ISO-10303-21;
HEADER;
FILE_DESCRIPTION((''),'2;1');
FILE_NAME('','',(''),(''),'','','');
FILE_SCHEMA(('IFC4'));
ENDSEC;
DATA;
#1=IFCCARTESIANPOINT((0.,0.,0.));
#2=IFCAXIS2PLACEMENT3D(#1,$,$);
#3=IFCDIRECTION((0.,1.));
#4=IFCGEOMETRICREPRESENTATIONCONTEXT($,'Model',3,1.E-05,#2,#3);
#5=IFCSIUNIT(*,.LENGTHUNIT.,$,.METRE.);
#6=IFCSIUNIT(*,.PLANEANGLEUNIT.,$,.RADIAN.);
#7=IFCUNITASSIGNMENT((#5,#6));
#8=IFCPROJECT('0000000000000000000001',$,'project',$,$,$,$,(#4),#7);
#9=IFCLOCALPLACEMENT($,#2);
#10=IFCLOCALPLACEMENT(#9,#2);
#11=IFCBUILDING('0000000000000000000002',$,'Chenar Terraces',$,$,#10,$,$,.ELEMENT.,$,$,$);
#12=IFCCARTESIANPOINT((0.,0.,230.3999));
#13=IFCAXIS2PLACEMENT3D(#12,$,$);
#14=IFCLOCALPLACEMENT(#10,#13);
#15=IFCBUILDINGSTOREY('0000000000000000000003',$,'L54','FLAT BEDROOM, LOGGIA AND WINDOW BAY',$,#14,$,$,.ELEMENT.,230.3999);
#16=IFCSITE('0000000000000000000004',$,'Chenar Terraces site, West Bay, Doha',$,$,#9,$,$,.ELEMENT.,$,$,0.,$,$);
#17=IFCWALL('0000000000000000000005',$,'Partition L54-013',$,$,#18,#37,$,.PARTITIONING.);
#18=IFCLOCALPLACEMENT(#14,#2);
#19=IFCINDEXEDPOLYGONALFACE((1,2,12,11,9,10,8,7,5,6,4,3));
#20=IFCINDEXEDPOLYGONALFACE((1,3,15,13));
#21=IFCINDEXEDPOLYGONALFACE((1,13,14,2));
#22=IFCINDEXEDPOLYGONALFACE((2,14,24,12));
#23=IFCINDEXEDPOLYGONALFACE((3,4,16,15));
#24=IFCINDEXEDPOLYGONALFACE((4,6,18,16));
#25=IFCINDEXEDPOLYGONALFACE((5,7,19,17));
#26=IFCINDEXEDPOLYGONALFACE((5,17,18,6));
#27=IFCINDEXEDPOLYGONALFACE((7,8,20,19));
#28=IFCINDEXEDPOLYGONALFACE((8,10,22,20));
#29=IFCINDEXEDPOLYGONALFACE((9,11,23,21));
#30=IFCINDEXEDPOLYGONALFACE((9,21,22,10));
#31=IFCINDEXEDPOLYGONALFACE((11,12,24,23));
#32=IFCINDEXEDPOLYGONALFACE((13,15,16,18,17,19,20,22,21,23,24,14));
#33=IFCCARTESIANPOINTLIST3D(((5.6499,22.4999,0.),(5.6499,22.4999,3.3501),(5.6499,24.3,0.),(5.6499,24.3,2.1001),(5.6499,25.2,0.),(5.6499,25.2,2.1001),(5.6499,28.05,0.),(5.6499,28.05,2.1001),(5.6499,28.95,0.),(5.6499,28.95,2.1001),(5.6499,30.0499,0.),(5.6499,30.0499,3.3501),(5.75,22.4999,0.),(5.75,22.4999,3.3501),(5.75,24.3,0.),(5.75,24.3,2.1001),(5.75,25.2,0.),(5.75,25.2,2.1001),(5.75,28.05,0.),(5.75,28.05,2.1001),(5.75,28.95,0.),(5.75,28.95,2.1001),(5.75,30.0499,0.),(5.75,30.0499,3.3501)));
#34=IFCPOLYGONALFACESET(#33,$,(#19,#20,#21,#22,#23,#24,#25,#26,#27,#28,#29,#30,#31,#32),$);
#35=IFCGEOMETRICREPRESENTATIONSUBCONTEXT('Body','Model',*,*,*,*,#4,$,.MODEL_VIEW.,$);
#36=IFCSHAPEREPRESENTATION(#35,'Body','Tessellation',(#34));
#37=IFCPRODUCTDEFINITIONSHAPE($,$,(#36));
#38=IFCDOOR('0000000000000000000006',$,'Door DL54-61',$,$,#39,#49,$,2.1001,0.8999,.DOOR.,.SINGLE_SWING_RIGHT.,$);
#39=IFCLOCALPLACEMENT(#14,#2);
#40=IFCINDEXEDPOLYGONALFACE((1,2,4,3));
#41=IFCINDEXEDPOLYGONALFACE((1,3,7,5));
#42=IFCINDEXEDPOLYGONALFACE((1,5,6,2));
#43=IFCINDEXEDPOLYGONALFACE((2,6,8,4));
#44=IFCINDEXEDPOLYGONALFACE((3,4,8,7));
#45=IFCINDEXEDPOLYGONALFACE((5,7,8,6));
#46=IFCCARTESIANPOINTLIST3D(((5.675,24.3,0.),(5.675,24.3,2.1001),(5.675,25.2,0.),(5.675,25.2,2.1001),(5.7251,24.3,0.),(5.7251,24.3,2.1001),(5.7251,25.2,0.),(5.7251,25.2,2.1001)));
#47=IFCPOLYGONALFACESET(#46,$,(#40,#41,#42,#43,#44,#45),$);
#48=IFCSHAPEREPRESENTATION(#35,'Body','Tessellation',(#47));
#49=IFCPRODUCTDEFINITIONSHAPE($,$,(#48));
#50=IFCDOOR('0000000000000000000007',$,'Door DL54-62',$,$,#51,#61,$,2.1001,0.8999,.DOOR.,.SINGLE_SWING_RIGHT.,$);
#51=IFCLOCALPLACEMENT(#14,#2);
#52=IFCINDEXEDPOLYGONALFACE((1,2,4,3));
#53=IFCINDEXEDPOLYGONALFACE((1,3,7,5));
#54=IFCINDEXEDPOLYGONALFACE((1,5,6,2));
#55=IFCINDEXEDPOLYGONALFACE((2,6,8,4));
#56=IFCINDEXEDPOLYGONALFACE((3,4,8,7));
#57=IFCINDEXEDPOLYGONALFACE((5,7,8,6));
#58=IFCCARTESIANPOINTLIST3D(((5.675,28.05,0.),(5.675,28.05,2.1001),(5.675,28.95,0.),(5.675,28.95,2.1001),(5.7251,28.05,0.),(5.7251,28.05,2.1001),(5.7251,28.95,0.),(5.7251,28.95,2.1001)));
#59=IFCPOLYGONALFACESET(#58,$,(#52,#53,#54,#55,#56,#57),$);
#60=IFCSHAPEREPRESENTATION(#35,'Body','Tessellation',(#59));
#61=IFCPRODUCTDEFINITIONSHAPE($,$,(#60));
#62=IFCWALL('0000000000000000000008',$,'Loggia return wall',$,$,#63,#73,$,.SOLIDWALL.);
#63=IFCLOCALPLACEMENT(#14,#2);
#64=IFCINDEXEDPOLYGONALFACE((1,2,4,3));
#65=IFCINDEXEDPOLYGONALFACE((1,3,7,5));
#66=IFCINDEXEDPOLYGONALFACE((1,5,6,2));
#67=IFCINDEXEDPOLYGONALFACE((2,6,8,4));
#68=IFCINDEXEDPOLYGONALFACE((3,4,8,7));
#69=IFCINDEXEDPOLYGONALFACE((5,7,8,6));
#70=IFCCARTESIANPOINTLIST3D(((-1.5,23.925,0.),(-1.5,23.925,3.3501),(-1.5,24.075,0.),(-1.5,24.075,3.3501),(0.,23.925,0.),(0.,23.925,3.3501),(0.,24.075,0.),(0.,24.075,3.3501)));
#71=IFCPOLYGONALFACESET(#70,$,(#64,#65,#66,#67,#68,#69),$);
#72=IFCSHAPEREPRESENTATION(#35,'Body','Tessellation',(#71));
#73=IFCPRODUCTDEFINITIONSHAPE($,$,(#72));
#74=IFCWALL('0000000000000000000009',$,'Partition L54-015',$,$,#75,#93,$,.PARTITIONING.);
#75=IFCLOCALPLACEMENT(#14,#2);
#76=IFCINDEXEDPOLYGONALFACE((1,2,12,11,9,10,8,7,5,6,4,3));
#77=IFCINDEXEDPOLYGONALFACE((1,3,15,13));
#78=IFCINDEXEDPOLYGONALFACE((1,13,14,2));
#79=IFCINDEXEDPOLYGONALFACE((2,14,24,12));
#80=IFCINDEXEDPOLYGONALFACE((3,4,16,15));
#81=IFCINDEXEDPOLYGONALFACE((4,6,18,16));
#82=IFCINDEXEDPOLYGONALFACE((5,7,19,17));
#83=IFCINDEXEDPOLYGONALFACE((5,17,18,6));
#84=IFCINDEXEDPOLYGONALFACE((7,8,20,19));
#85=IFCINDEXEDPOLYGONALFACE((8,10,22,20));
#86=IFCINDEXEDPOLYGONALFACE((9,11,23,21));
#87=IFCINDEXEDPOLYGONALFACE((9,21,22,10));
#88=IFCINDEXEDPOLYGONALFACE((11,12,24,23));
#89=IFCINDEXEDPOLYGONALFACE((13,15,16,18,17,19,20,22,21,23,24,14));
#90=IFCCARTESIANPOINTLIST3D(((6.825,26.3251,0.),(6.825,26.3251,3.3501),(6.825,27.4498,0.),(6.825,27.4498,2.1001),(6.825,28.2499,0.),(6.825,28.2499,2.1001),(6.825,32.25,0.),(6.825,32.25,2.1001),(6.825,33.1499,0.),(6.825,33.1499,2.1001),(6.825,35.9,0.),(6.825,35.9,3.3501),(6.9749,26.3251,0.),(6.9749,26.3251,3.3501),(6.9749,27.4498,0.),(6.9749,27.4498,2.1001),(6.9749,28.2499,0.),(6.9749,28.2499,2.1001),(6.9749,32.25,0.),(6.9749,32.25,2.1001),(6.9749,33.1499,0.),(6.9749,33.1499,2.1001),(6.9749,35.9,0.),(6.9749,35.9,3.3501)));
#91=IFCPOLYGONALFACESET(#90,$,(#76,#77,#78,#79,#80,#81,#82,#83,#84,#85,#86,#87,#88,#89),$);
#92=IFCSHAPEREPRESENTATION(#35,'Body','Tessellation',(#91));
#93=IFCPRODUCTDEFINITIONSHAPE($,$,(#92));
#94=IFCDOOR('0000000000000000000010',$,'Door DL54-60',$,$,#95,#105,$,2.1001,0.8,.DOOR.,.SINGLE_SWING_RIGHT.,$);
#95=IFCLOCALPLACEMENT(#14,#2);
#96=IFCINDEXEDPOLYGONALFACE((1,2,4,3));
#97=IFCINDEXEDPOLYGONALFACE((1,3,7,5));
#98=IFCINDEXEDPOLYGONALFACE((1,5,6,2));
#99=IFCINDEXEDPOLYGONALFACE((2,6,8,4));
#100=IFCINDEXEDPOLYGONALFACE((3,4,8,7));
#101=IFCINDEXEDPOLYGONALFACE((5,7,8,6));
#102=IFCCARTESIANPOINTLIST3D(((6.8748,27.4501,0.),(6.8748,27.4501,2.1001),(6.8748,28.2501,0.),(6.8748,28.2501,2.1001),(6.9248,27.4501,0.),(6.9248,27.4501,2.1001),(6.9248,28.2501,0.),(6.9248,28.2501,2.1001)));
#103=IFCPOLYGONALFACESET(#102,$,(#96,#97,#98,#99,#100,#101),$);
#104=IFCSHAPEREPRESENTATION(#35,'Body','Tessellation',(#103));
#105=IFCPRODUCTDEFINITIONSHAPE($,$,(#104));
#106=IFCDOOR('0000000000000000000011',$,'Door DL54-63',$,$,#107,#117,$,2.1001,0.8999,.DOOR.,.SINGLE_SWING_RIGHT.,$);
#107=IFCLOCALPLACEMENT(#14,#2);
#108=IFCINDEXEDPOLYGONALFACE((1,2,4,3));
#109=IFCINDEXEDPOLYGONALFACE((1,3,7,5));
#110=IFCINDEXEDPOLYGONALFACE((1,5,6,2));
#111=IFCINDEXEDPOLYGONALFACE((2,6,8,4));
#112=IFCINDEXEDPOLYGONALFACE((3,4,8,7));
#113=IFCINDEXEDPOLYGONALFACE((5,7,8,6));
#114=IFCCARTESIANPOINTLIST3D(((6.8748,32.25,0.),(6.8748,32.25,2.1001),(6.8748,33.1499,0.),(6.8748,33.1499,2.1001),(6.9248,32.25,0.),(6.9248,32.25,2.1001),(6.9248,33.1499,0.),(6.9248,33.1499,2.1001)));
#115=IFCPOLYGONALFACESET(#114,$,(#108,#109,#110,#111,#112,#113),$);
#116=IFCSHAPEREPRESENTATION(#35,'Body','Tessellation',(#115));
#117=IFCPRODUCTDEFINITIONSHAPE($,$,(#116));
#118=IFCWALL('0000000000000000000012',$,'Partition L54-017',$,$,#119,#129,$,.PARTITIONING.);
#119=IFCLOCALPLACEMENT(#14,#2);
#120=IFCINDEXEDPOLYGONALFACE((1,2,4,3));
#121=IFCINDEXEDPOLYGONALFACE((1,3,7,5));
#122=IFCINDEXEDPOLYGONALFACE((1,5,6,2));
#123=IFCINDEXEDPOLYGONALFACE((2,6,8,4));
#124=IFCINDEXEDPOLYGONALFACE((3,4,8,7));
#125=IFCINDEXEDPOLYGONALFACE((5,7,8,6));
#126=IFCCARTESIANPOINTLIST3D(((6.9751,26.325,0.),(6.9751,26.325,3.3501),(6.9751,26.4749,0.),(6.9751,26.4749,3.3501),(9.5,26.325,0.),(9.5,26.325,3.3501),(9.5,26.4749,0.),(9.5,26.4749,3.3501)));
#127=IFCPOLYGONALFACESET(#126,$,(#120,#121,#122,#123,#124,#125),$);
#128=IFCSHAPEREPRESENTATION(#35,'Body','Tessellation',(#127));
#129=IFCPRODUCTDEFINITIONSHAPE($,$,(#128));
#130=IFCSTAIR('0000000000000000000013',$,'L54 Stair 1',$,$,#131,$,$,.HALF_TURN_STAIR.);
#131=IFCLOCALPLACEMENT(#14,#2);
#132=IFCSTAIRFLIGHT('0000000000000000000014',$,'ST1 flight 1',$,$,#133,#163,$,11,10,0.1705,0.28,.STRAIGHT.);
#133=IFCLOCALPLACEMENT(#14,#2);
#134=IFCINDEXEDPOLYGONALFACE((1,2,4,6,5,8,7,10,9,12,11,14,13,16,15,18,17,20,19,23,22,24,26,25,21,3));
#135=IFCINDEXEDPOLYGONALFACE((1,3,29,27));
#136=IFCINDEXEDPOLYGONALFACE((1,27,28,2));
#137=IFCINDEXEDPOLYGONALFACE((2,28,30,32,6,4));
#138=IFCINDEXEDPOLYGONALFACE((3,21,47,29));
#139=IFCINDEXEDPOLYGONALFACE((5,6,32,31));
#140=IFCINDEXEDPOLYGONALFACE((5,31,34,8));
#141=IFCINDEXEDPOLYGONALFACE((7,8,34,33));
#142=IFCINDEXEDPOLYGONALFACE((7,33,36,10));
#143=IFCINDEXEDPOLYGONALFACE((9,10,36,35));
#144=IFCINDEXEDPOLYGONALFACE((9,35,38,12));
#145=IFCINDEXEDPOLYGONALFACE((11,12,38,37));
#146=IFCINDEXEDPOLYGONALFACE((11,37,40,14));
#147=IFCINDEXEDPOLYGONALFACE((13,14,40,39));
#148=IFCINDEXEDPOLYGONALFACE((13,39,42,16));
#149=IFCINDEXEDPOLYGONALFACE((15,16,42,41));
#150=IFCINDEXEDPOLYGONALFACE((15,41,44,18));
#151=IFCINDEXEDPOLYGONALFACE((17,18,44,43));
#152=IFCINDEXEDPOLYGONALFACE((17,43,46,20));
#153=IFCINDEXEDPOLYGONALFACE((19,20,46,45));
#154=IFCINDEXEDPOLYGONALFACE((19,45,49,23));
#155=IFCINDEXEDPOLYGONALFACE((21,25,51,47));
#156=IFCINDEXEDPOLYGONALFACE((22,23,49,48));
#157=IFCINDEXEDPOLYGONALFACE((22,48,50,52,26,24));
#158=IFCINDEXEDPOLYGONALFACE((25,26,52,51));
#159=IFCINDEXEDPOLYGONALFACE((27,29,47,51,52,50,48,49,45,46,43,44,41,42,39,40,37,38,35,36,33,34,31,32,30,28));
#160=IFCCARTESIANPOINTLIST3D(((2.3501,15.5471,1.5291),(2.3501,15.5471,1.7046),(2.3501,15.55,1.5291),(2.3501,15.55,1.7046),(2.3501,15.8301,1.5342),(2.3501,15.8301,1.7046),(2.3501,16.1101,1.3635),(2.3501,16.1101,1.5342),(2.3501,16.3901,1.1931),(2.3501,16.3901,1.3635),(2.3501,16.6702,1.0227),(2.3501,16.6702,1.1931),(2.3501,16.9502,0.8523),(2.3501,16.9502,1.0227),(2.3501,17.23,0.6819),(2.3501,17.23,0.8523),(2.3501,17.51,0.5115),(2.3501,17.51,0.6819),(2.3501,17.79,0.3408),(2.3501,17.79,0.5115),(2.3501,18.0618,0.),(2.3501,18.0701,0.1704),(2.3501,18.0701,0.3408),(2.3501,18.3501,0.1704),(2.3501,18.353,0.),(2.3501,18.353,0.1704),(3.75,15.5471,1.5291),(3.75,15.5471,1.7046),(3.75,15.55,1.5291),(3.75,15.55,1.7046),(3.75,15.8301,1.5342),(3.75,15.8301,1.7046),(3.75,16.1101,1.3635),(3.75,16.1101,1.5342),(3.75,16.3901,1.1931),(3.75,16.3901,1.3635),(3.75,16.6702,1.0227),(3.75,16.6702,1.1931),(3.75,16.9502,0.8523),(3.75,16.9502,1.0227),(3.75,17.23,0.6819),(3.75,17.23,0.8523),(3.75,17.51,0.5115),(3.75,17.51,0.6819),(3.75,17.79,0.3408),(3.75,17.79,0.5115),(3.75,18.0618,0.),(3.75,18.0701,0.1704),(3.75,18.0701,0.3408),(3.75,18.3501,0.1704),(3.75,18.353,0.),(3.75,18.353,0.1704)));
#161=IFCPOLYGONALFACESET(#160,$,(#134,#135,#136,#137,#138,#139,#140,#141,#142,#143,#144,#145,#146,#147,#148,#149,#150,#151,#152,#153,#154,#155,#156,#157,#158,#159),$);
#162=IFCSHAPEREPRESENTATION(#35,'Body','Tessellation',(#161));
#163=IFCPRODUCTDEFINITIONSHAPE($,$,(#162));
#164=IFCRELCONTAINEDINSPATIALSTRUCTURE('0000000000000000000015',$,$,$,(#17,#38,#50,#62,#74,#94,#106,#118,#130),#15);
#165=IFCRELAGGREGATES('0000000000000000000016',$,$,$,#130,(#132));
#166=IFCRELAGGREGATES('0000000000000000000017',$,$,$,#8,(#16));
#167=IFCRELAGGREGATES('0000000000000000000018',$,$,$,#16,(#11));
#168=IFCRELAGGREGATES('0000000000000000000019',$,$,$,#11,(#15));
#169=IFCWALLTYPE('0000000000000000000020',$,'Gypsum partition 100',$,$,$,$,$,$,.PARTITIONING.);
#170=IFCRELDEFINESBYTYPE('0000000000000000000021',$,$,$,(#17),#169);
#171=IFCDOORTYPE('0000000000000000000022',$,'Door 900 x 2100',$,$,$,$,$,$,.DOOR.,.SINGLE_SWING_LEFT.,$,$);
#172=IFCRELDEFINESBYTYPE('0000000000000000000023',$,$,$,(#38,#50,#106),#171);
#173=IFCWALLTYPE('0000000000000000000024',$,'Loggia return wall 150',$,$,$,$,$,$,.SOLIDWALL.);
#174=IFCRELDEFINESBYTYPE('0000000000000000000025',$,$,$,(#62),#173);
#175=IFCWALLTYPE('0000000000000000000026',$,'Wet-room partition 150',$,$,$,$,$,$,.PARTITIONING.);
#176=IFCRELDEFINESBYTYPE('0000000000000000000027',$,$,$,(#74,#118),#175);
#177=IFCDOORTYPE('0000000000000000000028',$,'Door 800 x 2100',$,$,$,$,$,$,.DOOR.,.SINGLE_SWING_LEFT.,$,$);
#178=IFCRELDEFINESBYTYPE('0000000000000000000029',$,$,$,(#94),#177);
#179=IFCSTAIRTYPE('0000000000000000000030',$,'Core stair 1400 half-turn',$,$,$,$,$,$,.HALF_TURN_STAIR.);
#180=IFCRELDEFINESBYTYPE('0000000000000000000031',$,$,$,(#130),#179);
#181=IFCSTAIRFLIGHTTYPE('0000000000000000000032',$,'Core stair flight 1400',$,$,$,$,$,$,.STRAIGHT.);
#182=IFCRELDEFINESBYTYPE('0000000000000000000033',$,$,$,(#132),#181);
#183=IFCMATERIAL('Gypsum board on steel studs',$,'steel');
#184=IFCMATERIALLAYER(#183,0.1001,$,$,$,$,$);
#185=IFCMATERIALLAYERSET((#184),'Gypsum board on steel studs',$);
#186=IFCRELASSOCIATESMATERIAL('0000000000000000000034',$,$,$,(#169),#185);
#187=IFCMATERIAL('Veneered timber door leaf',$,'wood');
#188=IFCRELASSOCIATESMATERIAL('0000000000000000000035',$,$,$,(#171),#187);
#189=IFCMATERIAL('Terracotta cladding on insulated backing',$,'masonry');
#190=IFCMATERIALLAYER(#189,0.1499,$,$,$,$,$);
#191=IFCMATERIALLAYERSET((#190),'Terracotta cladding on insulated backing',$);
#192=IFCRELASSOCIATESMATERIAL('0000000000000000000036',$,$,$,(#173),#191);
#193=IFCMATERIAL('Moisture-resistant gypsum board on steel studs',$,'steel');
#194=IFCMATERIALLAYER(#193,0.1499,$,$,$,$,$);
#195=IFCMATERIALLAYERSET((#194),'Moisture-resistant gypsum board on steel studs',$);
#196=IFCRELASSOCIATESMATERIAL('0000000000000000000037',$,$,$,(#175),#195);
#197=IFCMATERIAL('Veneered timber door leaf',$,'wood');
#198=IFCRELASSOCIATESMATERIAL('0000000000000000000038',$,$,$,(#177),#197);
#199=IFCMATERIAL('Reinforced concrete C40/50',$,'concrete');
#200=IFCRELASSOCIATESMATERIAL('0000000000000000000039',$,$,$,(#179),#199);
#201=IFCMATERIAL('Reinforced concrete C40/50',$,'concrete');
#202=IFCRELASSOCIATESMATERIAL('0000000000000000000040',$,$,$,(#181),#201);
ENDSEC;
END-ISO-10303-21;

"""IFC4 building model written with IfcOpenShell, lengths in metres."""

from ifc_helpers import new_model, si_unit, direction, frame, frame_2d, origin, place, context, subcontext, project, spatial, polyline, rectangle, outline, extrude, material, layer, layer_set, type_object, element, fill, aggregate, save


model = new_model("IFC4")

# Units and contexts
model_context = context("Model", 3, precision=1e-05, world=origin(), true_north=direction((0.0, 1.0)))
body_context = subcontext(model_context, "Body", "Model", "MODEL_VIEW")
ifc_project = project(units=[si_unit("LENGTHUNIT", "METRE"), si_unit("PLANEANGLEUNIT", "RADIAN")], contexts=[model_context])

# Site, building, storey
site_placement = place(None, origin())
site = spatial("IfcSite", under=ifc_project, at=site_placement, Name="Chenar Terraces site, West Bay, Doha", CompositionType="ELEMENT", RefElevation=0.0)
building_placement = place(site_placement, origin())
building = spatial("IfcBuilding", under=site, at=building_placement, Name="Chenar Terraces", CompositionType="ELEMENT")
storey_placement = place(building_placement, frame((0.0, 0.0, 230.3999)))
storey = spatial("IfcBuildingStorey", under=building, at=storey_placement, Name="L54", Description="FLAT BEDROOM, LOGGIA AND WINDOW BAY", CompositionType="ELEMENT", Elevation=230.3999)

# Shared definitions
ifc_material_1 = material(Name="Gypsum board on steel studs", Category="steel")
ifc_layer_1 = layer(ifc_material_1, 0.1001)
ifc_layer_set_1 = layer_set([ifc_layer_1], Name="Gypsum board on steel studs")
wall_type_1 = type_object("IfcWallType", Name="Gypsum partition 100", PredefinedType="PARTITIONING", material=ifc_layer_set_1)

# Wall, openings, doors
wall_1_placement = place(storey_placement, frame((5.7, 22.5, 0.0), z_axis=(0.0, 0.0, 1.0), x_axis=(0.0, 1.0, 0.0)))
wall_1 = element("IfcWall", 1, at=wall_1_placement, inside=storey, type_object=wall_type_1, Name="Partition L54-013", PredefinedType="PARTITIONING", context=body_context, shape_type="SweptSolid", body=[
    extrude(rectangle(XDim=7.55, YDim=0.1001, at=frame_2d((3.7749, 0.0))), origin(), (0.0, 0.0, 1.0), 3.3501),
])
opening_1_placement = place(wall_1_placement, frame((1.8, 0.0, 0.0)))
opening_1 = element("IfcOpeningElement", 2, at=opening_1_placement, cuts=wall_1, PredefinedType="OPENING", context=body_context, shape_type="SweptSolid", body=[
    extrude(rectangle(XDim=0.8999, YDim=2.1001, at=frame_2d((0.45, 1.05))), frame((0.0, 0.0601, 0.0), z_axis=(0.0, -1.0, 0.0), x_axis=(1.0, 0.0, 0.0)), (0.0, 0.0, 1.0), 0.1201),
])
opening_2_placement = place(wall_1_placement, frame((5.55, 0.0, 0.0)))
opening_2 = element("IfcOpeningElement", 3, at=opening_2_placement, cuts=wall_1, PredefinedType="OPENING", context=body_context, shape_type="SweptSolid", body=[
    extrude(rectangle(XDim=0.8999, YDim=2.1001, at=frame_2d((0.45, 1.05))), frame((0.0, 0.0601, 0.0), z_axis=(0.0, -1.0, 0.0), x_axis=(1.0, 0.0, 0.0)), (0.0, 0.0, 1.0), 0.1201),
])
ifc_material_2 = material(Name="Veneered timber door leaf", Category="wood")
door_type_1 = type_object("IfcDoorType", Name="Door 900 x 2100", OperationType="SINGLE_SWING_LEFT", PredefinedType="DOOR", material=ifc_material_2)
door_1_placement = place(opening_1_placement, origin())
door_1 = element("IfcDoor", 4, at=door_1_placement, inside=storey, type_object=door_type_1, Name="Door DL54-61", OperationType="SINGLE_SWING_RIGHT", OverallHeight=2.1001, OverallWidth=0.8999, PredefinedType="DOOR", context=body_context, shape_type="SweptSolid", body=[
    extrude(rectangle(XDim=0.8999, YDim=2.1001, at=frame_2d((0.45, 1.05))), frame((0.0, 0.0249, 0.0), z_axis=(0.0, -1.0, 0.0), x_axis=(1.0, 0.0, 0.0)), (0.0, 0.0, 1.0), 0.05),
])
fill(opening_1, door_1)
door_2_placement = place(opening_2_placement, origin())
door_2 = element("IfcDoor", 5, at=door_2_placement, inside=storey, type_object=door_type_1, Name="Door DL54-62", OperationType="SINGLE_SWING_RIGHT", OverallHeight=2.1001, OverallWidth=0.8999, PredefinedType="DOOR", context=body_context, shape_type="SweptSolid", body=[
    extrude(rectangle(XDim=0.8999, YDim=2.1001, at=frame_2d((0.45, 1.05))), frame((0.0, 0.0249, 0.0), z_axis=(0.0, -1.0, 0.0), x_axis=(1.0, 0.0, 0.0)), (0.0, 0.0, 1.0), 0.05),
])
fill(opening_2, door_2)

# Wall
ifc_material_3 = material(Name="Terracotta cladding on insulated backing", Category="masonry")
ifc_layer_2 = layer(ifc_material_3, 0.1499)
ifc_layer_set_2 = layer_set([ifc_layer_2], Name="Terracotta cladding on insulated backing")
wall_type_2 = type_object("IfcWallType", Name="Loggia return wall 150", PredefinedType="SOLIDWALL", material=ifc_layer_set_2)
wall_2_placement = place(storey_placement, frame((-1.5, 24.0, 0.0), z_axis=(0.0, 0.0, 1.0), x_axis=(1.0, 0.0, 0.0)))
element("IfcWall", 6, at=wall_2_placement, inside=storey, type_object=wall_type_2, Name="Loggia return wall", PredefinedType="SOLIDWALL", context=body_context, shape_type="SweptSolid", body=[
    extrude(rectangle(XDim=1.5, YDim=0.1499, at=frame_2d((0.75, 0.0))), origin(), (0.0, 0.0, 1.0), 3.3501),
])

# Wall, openings, doors
ifc_material_4 = material(Name="Moisture-resistant gypsum board on steel studs", Category="steel")
ifc_layer_3 = layer(ifc_material_4, 0.1499)
ifc_layer_set_3 = layer_set([ifc_layer_3], Name="Moisture-resistant gypsum board on steel studs")
wall_type_3 = type_object("IfcWallType", Name="Wet-room partition 150", PredefinedType="PARTITIONING", material=ifc_layer_set_3)
wall_3_placement = place(storey_placement, frame((6.8999, 26.325, 0.0), z_axis=(0.0, 0.0, 1.0), x_axis=(0.0, 1.0, 0.0)))
wall_3 = element("IfcWall", 7, at=wall_3_placement, inside=storey, type_object=wall_type_3, Name="Partition L54-015", PredefinedType="PARTITIONING", context=body_context, shape_type="SweptSolid", body=[
    extrude(rectangle(XDim=9.575, YDim=0.1499, at=frame_2d((4.7876, 0.0))), origin(), (0.0, 0.0, 1.0), 3.3501),
])
opening_3_placement = place(wall_3_placement, frame((1.125, 0.0, 0.0)))
opening_3 = element("IfcOpeningElement", 8, at=opening_3_placement, cuts=wall_3, PredefinedType="OPENING", context=body_context, shape_type="SweptSolid", body=[
    extrude(rectangle(XDim=0.8, YDim=2.1001, at=frame_2d((0.3999, 1.05))), frame((0.0, 0.085, 0.0), z_axis=(0.0, -1.0, 0.0), x_axis=(1.0, 0.0, 0.0)), (0.0, 0.0, 1.0), 0.1699),
])
opening_4_placement = place(wall_3_placement, frame((5.925, 0.0, 0.0)))
opening_4 = element("IfcOpeningElement", 9, at=opening_4_placement, cuts=wall_3, PredefinedType="OPENING", context=body_context, shape_type="SweptSolid", body=[
    extrude(rectangle(XDim=0.8999, YDim=2.1001, at=frame_2d((0.45, 1.05))), frame((0.0, 0.085, 0.0), z_axis=(0.0, -1.0, 0.0), x_axis=(1.0, 0.0, 0.0)), (0.0, 0.0, 1.0), 0.1699),
])
ifc_material_5 = material(Name="Veneered timber door leaf", Category="wood")
door_type_2 = type_object("IfcDoorType", Name="Door 800 x 2100", OperationType="SINGLE_SWING_LEFT", PredefinedType="DOOR", material=ifc_material_5)
door_3_placement = place(opening_3_placement, frame((0.8, 0.0, 0.0), z_axis=(0.0, 0.0, 1.0), x_axis=(-1.0, 0.0, 0.0)))
door_3 = element("IfcDoor", 10, at=door_3_placement, inside=storey, type_object=door_type_2, Name="Door DL54-60", OperationType="SINGLE_SWING_RIGHT", OverallHeight=2.1001, OverallWidth=0.8, PredefinedType="DOOR", context=body_context, shape_type="SweptSolid", body=[
    extrude(rectangle(XDim=0.8, YDim=2.1001, at=frame_2d((0.3999, 1.05))), frame((0.0, 0.0249, 0.0), z_axis=(0.0, -1.0, 0.0), x_axis=(1.0, 0.0, 0.0)), (0.0, 0.0, 1.0), 0.05),
])
fill(opening_3, door_3)
door_4_placement = place(opening_4_placement, frame((0.8999, 0.0, 0.0), z_axis=(0.0, 0.0, 1.0), x_axis=(-1.0, 0.0, 0.0)))
door_4 = element("IfcDoor", 11, at=door_4_placement, inside=storey, type_object=door_type_1, Name="Door DL54-63", OperationType="SINGLE_SWING_RIGHT", OverallHeight=2.1001, OverallWidth=0.8999, PredefinedType="DOOR", context=body_context, shape_type="SweptSolid", body=[
    extrude(rectangle(XDim=0.8999, YDim=2.1001, at=frame_2d((0.45, 1.05))), frame((0.0, 0.0249, 0.0), z_axis=(0.0, -1.0, 0.0), x_axis=(1.0, 0.0, 0.0)), (0.0, 0.0, 1.0), 0.05),
])
fill(opening_4, door_4)

# Wall
wall_4_placement = place(storey_placement, frame((6.9751, 26.3999, 0.0), z_axis=(0.0, 0.0, 1.0), x_axis=(1.0, 0.0, 0.0)))
element("IfcWall", 12, at=wall_4_placement, inside=storey, type_object=wall_type_3, Name="Partition L54-017", PredefinedType="PARTITIONING", context=body_context, shape_type="SweptSolid", body=[
    extrude(rectangle(XDim=2.5249, YDim=0.1499, at=frame_2d((1.2625, 0.0))), origin(), (0.0, 0.0, 1.0), 3.3501),
])

# Stair, stair flight
ifc_material_6 = material(Name="Reinforced concrete C40/50", Category="concrete")
stair_type = type_object("IfcStairType", Name="Core stair 1400 half-turn", PredefinedType="HALF_TURN_STAIR", material=ifc_material_6)
stair_placement = place(storey_placement, origin())
stair = element("IfcStair", 13, at=stair_placement, inside=storey, type_object=stair_type, Name="L54 Stair 1", PredefinedType="HALF_TURN_STAIR")
ifc_material_7 = material(Name="Reinforced concrete C40/50", Category="concrete")
stair_flight_type = type_object("IfcStairFlightType", Name="Core stair flight 1400", PredefinedType="STRAIGHT", material=ifc_material_7)
stair_flight_placement = place(storey_placement, frame((3.05, 18.3501, 0.0), z_axis=(0.0, 0.0, 1.0), x_axis=(0.0, -1.0, 0.0)))
stair_flight = element("IfcStairFlight", 14, at=stair_flight_placement, type_object=stair_flight_type, Name="ST1 flight 1", NumberOfRisers=11, NumberOfTreads=10, PredefinedType="STRAIGHT", RiserHeight=0.1705, TreadLength=0.28, context=body_context, shape_type="SweptSolid", body=[
    extrude(outline(polyline([(-0.0029, 0.0), (-0.0029, 0.1704), (0.0, 0.1704), (0.28, 0.1704), (0.28, 0.3408), (0.5601, 0.3408), (0.5601, 0.5115), (0.8401, 0.5115), (0.8401, 0.6819), (1.1201, 0.6819), (1.1201, 0.8523), (1.3999, 0.8523), (1.3999, 1.0227), (1.6799, 1.0227), (1.6799, 1.1931), (1.96, 1.1931), (1.96, 1.3635), (2.24, 1.3635), (2.24, 1.5342), (2.52, 1.5342), (2.52, 1.7046), (2.8, 1.7046), (2.803, 1.7046), (2.803, 1.5291), (2.8, 1.5291), (0.2883, 0.0), (-0.0029, 0.0)])), frame((0.0, 0.7, 0.0), z_axis=(0.0, -1.0, 0.0), x_axis=(1.0, 0.0, 0.0)), (0.0, 0.0, 1.0), 1.3999),
])
aggregate(stair, [stair_flight])

save(model, "model.ifc")
